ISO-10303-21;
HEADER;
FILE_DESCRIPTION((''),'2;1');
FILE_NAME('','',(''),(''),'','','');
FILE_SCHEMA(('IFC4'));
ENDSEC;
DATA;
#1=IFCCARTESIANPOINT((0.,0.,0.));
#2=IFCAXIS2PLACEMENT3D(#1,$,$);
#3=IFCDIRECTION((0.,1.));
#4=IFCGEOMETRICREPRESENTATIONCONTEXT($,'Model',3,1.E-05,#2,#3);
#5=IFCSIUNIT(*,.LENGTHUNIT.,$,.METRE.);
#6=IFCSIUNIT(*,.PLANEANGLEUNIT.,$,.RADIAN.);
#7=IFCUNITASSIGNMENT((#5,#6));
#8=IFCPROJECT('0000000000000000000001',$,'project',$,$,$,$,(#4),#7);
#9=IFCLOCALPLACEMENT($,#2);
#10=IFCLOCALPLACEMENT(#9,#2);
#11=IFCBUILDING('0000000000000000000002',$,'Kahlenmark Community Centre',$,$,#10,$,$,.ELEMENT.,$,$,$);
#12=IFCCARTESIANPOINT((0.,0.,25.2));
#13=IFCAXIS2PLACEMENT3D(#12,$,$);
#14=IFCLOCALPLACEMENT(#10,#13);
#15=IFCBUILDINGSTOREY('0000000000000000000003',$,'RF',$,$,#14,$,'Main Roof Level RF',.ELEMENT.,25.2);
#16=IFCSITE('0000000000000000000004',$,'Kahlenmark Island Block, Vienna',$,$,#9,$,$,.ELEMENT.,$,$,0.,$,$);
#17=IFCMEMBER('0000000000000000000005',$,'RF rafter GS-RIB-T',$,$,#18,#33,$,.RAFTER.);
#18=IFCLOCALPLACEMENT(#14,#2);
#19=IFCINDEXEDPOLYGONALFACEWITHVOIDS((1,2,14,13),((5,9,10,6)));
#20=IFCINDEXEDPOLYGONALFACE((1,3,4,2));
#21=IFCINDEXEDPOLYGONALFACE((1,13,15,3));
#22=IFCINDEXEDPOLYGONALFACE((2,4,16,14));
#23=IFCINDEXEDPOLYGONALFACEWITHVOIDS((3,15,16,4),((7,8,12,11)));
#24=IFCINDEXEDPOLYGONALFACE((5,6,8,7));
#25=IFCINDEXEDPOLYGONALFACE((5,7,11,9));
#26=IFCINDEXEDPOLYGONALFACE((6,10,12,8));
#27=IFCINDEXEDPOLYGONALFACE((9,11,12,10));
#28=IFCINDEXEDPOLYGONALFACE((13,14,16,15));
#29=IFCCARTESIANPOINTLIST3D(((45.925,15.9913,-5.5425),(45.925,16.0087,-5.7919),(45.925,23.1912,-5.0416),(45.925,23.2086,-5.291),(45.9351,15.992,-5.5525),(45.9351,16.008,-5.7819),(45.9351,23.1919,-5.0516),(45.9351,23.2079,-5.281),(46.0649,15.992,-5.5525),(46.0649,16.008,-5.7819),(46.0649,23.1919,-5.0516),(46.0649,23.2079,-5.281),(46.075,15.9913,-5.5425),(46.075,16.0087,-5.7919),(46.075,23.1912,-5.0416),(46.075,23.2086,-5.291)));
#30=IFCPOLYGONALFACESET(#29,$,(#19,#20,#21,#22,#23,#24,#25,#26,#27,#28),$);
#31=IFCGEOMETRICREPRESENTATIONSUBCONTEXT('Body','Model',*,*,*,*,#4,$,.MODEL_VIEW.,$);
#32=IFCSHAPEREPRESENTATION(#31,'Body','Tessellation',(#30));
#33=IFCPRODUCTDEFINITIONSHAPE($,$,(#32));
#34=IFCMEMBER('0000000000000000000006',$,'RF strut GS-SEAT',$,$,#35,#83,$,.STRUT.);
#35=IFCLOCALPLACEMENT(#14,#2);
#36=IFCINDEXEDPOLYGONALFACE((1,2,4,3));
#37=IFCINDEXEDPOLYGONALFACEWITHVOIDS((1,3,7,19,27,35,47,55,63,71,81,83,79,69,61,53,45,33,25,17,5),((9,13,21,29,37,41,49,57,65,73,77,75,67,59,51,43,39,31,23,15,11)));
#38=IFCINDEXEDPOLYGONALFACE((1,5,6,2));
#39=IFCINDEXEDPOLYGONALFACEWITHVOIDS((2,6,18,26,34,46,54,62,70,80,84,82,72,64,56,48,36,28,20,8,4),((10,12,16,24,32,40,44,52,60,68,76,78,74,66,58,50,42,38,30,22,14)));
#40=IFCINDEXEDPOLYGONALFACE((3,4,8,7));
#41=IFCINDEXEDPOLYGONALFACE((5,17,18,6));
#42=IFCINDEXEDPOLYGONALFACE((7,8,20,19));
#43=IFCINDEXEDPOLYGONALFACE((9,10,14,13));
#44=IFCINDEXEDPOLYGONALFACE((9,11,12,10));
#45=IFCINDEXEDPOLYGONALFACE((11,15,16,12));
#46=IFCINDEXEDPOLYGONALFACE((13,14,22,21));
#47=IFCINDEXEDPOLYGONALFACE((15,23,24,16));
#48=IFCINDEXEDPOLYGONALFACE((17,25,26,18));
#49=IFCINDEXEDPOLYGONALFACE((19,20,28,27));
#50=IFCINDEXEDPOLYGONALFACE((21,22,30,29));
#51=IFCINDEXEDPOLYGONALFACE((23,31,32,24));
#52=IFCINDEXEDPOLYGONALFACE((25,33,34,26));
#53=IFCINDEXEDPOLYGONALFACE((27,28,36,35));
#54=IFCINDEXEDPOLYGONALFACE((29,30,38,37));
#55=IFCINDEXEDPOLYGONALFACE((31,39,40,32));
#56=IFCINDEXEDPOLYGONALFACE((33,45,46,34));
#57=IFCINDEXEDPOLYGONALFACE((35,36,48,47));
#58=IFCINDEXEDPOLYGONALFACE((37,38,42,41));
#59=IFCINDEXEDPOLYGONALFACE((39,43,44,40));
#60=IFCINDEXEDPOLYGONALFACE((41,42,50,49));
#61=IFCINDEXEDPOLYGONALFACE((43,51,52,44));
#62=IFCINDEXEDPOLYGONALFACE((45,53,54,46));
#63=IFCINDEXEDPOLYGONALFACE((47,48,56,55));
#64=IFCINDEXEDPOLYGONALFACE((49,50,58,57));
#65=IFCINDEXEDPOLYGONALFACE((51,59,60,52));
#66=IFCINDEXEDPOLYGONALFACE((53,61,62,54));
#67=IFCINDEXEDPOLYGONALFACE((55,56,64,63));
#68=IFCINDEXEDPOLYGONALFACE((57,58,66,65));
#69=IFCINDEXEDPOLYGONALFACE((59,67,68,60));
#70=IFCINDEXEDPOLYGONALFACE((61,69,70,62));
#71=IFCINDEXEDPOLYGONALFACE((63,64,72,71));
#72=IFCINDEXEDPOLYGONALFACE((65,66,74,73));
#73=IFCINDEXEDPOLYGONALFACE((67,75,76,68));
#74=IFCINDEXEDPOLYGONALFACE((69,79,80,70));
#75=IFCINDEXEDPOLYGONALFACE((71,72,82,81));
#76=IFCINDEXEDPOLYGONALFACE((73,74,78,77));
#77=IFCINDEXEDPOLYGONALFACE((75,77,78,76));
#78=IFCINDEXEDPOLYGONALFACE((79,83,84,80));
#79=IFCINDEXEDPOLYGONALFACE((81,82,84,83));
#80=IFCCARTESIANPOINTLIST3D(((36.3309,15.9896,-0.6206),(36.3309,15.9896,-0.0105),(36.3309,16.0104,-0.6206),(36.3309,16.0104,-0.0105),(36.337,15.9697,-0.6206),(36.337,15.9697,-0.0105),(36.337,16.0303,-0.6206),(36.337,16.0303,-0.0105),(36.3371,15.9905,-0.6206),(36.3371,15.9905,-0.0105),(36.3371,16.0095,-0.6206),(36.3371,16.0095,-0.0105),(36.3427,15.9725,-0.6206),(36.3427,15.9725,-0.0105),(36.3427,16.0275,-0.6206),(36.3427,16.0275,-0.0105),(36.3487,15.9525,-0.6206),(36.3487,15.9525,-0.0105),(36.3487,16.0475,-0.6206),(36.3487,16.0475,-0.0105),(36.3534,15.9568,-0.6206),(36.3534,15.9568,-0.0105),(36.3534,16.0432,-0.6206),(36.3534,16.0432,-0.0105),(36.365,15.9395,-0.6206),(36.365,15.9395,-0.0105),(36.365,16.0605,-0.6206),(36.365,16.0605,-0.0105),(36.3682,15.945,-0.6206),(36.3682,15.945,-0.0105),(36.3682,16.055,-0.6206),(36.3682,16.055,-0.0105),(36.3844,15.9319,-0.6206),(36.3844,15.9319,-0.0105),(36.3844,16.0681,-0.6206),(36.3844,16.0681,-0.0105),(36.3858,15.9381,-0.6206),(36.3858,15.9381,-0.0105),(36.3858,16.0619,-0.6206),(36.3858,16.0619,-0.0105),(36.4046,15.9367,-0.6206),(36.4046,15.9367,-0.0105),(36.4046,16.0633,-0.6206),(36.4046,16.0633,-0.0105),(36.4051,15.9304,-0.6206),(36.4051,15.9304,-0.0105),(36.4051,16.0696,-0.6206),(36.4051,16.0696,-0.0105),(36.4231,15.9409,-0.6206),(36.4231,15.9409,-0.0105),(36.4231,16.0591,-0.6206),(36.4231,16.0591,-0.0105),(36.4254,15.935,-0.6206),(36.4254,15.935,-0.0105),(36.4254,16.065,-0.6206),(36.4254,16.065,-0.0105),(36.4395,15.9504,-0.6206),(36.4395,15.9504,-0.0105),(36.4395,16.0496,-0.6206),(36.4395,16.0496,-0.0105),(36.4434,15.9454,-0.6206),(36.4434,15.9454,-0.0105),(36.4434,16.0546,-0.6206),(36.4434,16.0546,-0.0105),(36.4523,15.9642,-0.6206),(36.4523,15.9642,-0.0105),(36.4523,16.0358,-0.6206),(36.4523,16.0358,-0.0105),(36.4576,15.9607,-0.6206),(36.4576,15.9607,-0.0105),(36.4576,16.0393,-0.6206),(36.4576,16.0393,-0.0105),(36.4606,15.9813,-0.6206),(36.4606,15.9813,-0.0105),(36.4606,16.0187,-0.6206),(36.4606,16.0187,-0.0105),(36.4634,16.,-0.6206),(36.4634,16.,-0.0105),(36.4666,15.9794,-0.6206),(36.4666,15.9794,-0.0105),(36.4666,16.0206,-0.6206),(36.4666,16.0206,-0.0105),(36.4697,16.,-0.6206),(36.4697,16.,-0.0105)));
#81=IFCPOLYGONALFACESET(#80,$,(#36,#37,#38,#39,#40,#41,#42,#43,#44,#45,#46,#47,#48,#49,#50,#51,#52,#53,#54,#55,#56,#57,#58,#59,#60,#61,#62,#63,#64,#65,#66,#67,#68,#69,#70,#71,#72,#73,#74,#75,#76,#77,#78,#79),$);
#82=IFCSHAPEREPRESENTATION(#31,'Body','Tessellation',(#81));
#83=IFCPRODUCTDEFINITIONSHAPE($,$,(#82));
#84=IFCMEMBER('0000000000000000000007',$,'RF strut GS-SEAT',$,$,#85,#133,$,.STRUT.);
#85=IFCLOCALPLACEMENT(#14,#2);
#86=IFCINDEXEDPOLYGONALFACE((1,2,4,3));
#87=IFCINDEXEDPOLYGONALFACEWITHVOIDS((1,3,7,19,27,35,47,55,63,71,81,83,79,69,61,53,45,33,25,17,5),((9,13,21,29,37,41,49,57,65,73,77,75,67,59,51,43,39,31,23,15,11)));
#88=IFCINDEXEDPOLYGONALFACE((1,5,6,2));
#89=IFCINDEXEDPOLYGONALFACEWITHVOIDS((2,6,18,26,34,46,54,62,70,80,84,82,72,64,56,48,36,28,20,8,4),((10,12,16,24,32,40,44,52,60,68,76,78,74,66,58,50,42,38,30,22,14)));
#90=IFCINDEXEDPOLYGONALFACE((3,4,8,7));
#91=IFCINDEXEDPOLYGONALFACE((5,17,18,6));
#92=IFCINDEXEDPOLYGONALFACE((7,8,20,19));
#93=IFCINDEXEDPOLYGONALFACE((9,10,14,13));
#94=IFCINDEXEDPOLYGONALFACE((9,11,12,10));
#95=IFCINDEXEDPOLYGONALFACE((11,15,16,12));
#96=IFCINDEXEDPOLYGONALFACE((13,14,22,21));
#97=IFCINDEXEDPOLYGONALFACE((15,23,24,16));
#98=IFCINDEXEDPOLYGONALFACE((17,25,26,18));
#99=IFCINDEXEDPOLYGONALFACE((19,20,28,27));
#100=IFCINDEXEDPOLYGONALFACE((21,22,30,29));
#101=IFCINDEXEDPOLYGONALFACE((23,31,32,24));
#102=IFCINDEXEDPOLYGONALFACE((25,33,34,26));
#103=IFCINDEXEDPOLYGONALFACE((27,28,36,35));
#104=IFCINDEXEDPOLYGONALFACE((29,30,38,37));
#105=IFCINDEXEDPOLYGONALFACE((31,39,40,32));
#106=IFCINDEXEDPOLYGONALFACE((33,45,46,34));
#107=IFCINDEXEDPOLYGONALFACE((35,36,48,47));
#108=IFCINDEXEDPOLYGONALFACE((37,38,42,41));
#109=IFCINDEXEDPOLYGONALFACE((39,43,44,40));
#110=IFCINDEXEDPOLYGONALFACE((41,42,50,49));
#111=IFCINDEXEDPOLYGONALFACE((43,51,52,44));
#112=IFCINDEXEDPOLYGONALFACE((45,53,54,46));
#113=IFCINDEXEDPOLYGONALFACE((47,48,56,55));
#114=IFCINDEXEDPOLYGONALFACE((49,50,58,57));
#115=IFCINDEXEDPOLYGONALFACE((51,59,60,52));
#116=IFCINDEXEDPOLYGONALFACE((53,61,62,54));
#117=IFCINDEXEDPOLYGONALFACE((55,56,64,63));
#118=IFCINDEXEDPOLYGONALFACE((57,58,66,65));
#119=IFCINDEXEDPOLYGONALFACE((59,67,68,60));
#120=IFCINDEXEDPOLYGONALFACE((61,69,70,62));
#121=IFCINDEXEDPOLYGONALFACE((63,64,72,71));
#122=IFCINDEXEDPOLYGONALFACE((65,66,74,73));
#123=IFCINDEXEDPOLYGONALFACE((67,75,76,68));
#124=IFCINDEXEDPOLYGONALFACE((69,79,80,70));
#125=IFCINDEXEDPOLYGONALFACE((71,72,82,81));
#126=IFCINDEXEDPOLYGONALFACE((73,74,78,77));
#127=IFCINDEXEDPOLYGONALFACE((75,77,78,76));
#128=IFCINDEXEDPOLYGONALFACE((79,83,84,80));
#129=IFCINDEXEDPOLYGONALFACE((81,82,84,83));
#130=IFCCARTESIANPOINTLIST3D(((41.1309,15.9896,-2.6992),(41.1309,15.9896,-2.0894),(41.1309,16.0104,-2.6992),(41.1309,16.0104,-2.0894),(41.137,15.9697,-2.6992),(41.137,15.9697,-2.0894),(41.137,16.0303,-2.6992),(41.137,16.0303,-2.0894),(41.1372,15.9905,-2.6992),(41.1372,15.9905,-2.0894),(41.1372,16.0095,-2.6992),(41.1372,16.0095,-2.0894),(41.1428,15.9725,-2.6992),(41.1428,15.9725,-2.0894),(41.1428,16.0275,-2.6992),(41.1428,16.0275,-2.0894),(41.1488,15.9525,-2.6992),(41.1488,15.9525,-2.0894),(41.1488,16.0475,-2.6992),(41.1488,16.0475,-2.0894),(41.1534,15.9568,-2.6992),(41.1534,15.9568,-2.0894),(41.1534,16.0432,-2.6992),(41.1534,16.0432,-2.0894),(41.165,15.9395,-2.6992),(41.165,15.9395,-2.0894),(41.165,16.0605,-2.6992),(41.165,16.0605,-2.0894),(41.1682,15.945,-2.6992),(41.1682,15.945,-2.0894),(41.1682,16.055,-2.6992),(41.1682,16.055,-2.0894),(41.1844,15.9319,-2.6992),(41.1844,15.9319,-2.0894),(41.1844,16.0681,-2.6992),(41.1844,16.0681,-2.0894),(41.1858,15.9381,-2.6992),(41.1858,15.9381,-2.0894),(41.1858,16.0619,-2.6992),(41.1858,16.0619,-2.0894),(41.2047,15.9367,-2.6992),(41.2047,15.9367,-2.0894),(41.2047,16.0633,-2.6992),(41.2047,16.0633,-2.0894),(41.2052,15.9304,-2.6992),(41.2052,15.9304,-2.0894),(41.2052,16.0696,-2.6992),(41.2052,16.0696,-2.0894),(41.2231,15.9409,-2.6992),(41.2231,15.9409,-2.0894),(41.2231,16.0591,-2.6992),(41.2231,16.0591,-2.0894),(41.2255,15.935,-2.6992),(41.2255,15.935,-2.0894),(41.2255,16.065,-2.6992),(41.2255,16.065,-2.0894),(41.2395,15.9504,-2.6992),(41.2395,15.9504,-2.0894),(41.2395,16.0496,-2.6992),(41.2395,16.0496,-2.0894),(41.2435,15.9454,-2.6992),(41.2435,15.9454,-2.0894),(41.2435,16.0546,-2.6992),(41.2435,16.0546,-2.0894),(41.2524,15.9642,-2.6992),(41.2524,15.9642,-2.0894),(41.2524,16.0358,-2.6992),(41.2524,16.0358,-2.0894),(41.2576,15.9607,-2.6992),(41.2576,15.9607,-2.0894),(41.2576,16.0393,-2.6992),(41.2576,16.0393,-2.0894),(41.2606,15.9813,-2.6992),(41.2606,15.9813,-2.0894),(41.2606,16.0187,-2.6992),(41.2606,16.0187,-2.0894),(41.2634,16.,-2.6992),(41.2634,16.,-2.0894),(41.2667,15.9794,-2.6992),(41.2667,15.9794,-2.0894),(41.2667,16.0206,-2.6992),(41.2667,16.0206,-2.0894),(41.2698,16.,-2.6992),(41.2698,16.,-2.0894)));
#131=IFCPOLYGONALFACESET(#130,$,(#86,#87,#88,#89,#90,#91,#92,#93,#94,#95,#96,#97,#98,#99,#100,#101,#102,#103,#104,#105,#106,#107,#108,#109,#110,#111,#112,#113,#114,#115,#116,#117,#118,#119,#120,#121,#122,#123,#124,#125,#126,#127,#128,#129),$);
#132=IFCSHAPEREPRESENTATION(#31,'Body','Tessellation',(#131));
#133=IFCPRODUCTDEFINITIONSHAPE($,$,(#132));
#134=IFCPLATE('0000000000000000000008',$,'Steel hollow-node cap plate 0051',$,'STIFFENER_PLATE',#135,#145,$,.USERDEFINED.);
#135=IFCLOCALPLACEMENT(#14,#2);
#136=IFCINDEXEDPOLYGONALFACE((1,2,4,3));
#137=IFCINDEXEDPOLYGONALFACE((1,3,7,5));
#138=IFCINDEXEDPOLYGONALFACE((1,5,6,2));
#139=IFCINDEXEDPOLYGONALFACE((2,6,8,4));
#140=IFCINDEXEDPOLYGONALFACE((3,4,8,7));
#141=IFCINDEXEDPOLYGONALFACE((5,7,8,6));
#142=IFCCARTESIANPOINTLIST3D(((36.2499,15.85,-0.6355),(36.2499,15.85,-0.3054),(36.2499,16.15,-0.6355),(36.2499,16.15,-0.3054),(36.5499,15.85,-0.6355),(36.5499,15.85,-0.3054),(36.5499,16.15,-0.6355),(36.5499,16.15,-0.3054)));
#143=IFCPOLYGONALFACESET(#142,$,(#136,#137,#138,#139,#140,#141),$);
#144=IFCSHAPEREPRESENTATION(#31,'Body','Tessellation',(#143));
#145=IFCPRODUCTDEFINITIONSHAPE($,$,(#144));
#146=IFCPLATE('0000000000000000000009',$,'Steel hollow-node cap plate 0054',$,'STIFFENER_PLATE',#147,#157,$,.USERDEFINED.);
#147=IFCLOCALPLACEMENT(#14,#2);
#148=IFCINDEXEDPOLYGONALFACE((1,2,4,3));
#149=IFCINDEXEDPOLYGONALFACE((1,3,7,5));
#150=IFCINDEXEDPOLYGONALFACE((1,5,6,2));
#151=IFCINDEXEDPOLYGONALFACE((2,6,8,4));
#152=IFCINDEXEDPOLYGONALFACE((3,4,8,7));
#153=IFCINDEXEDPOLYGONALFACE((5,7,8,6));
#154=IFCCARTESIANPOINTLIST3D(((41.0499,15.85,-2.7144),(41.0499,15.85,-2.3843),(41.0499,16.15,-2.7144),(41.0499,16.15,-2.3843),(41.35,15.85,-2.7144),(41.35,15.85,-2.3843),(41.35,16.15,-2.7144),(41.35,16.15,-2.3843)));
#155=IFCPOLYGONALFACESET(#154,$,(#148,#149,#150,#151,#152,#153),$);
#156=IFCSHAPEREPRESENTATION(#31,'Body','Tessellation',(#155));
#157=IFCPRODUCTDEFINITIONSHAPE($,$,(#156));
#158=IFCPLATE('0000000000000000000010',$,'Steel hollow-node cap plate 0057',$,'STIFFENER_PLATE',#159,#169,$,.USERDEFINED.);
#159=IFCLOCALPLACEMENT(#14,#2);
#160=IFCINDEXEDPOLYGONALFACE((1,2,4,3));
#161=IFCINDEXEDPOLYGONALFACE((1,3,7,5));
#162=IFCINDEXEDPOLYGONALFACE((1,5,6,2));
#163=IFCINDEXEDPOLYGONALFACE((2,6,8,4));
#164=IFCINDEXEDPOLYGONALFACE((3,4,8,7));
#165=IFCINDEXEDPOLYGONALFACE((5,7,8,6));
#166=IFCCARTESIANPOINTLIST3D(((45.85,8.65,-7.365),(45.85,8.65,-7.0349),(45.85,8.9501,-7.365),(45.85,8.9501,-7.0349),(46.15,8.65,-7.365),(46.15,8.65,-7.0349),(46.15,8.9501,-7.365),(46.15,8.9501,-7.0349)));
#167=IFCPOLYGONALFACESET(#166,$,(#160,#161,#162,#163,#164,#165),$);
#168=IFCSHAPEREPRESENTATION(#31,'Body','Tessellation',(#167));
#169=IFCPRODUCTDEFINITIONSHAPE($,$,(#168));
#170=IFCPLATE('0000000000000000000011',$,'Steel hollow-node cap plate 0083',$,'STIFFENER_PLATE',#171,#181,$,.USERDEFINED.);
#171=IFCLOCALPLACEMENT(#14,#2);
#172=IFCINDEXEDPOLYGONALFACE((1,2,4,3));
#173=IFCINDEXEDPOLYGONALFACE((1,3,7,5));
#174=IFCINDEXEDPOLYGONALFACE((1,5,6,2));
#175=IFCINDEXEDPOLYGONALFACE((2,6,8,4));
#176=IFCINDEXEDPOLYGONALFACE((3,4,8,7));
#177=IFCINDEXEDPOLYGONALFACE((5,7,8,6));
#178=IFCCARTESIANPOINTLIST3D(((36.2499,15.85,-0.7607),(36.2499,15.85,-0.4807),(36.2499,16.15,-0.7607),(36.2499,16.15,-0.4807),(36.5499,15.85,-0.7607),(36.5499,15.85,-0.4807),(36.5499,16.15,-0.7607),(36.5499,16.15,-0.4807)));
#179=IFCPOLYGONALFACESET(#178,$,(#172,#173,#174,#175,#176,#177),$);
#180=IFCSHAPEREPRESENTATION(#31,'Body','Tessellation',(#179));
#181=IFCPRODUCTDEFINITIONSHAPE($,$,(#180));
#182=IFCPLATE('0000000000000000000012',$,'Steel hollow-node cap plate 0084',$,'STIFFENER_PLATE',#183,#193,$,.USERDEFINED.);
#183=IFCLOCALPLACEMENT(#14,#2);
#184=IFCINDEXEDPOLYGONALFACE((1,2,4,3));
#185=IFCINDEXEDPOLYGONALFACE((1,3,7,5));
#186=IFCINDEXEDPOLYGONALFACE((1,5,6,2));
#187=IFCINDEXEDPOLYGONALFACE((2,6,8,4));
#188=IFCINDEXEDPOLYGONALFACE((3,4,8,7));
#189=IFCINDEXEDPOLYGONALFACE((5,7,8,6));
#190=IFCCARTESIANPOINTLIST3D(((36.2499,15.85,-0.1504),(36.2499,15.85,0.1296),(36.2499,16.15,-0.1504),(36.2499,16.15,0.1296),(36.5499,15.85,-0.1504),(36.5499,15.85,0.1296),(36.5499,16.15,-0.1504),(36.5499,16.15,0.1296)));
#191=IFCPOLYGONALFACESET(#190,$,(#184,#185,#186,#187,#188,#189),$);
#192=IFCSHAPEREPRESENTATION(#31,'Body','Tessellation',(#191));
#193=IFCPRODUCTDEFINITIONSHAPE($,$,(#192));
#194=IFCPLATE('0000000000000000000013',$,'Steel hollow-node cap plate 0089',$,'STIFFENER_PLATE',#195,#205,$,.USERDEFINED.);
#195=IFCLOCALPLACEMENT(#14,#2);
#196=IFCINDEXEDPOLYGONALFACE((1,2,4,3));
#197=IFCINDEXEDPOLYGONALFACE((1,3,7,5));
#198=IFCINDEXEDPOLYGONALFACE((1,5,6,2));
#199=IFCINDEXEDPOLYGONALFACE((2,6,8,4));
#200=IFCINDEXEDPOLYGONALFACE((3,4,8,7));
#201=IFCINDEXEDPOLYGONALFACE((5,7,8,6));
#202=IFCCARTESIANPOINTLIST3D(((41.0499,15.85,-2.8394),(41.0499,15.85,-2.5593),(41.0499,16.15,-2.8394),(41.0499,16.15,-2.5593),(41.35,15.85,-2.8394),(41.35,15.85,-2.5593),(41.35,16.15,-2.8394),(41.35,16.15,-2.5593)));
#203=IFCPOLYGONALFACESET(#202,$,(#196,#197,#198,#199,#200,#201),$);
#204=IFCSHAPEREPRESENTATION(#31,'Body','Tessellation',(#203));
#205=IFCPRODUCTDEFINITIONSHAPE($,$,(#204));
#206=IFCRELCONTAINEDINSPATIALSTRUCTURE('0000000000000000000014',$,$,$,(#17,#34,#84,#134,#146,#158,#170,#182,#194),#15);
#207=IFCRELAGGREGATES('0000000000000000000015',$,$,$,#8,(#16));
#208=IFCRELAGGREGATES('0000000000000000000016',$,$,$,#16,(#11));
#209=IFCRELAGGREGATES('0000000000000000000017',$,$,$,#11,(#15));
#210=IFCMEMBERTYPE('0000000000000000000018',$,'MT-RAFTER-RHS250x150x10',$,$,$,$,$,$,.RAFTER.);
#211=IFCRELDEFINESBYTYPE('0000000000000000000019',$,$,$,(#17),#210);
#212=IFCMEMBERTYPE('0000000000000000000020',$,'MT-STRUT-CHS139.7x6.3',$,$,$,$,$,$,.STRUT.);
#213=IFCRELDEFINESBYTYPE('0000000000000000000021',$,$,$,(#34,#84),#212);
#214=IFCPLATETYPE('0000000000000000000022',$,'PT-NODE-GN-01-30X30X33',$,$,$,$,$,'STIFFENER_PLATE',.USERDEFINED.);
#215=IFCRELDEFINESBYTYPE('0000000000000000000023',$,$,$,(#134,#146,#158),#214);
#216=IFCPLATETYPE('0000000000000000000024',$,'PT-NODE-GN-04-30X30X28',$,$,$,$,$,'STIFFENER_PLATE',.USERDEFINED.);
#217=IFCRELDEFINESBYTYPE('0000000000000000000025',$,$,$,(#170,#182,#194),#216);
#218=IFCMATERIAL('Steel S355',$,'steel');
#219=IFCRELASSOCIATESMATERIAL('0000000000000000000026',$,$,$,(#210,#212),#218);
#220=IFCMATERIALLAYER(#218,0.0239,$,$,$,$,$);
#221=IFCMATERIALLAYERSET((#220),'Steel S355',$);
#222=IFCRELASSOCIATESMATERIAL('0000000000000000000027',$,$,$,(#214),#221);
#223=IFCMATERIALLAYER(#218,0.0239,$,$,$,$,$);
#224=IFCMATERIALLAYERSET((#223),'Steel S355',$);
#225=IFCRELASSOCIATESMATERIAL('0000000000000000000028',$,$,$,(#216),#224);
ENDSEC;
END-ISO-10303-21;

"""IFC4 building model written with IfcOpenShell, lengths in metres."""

from ifc_helpers import new_model, si_unit, direction, frame, origin, origin_2d, place, context, subcontext, project, spatial, rectangle, hollow_rectangle, hollow_circle, extrude, material, layer, layer_set, material_profile, profile_set, type_object, element, save


model = new_model("IFC4")

# Units and contexts
model_context = context("Model", 3, precision=1e-05, world=origin(), true_north=direction((0.0, 1.0)))
body_context = subcontext(model_context, "Body", "Model", "MODEL_VIEW")
ifc_project = project(units=[si_unit("LENGTHUNIT", "METRE"), si_unit("PLANEANGLEUNIT", "RADIAN")], contexts=[model_context])

# Site, building, storey
site_placement = place(None, origin())
site = spatial("IfcSite", under=ifc_project, at=site_placement, Name="Kahlenmark Island Block, Vienna", CompositionType="ELEMENT", RefElevation=0.0)
building_placement = place(site_placement, origin())
building = spatial("IfcBuilding", under=site, at=building_placement, Name="Kahlenmark Community Centre", CompositionType="ELEMENT")
storey_placement = place(building_placement, frame((0.0, 0.0, 25.2)))
storey = spatial("IfcBuildingStorey", under=building, at=storey_placement, Name="RF", LongName="Main Roof Level RF", CompositionType="ELEMENT", Elevation=25.2)

# Members
ifc_material_1 = material(Name="Steel S355", Category="steel")
ifc_material_profile_1 = material_profile(ifc_material_1, hollow_rectangle(XDim=0.1499, YDim=0.25, WallThickness=0.01, at=origin_2d()), Name="RHS 250x150x10")
ifc_profile_set_1 = profile_set([ifc_material_profile_1], Name="Steel S355")
member_type_1 = type_object("IfcMemberType", Name="MT-RAFTER-RHS250x150x10", PredefinedType="RAFTER", material=ifc_profile_set_1)
member_1_placement = place(storey_placement, frame((46.0, 16.0, -5.6672), z_axis=(0.0, 0.997588, 0.069413), x_axis=(-1.0, 0.0, 0.0)))
element("IfcMember", 1, at=member_1_placement, inside=storey, type_object=member_type_1, Name="RF rafter GS-RIB-T", PredefinedType="RAFTER", context=body_context, shape_type="SweptSolid", body=[
    extrude(hollow_rectangle(XDim=0.1499, YDim=0.25, WallThickness=0.01, at=origin_2d()), origin(), (0.0, 0.0, 1.0), 7.2173),
])
ifc_material_profile_2 = material_profile(ifc_material_1, hollow_circle(Radius=0.0698, WallThickness=0.0063, at=origin_2d()), Name="CHS 139.7x6.3")
ifc_profile_set_2 = profile_set([ifc_material_profile_2], Name="Steel S355")
member_type_2 = type_object("IfcMemberType", Name="MT-STRUT-CHS139.7x6.3", PredefinedType="STRUT", material=ifc_profile_set_2)
member_2_placement = place(storey_placement, frame((36.3999, 16.0, -0.6206), z_axis=(0.0, 0.0, 1.0), x_axis=(1.0, 0.0, 0.0)))
element("IfcMember", 2, at=member_2_placement, inside=storey, type_object=member_type_2, Name="RF strut GS-SEAT", PredefinedType="STRUT", context=body_context, shape_type="SweptSolid", body=[
    extrude(hollow_circle(Radius=0.0698, WallThickness=0.0063, at=origin_2d()), origin(), (0.0, 0.0, 1.0), 0.6101),
])
member_3_placement = place(storey_placement, frame((41.2, 16.0, -2.6992), z_axis=(0.0, 0.0, 1.0), x_axis=(1.0, 0.0, 0.0)))
element("IfcMember", 3, at=member_3_placement, inside=storey, type_object=member_type_2, Name="RF strut GS-SEAT", PredefinedType="STRUT", context=body_context, shape_type="SweptSolid", body=[
    extrude(hollow_circle(Radius=0.0698, WallThickness=0.0063, at=origin_2d()), origin(), (0.0, 0.0, 1.0), 0.6099),
])

# Plates
ifc_layer_1 = layer(ifc_material_1, 0.0239)
ifc_layer_set_1 = layer_set([ifc_layer_1], Name="Steel S355")
plate_type_1 = type_object("IfcPlateType", Name="PT-NODE-GN-01-30X30X33", ElementType="STIFFENER_PLATE", PredefinedType="USERDEFINED", material=ifc_layer_set_1)
for number, where, z_axis, x_axis, name in (
    (4, (36.3999, 16.0, -0.6355), (0.0, 0.0, 1.0), (1.0, 0.0, 0.0), "Steel hollow-node cap plate 0051"),
    (5, (41.2, 16.0, -2.7144), (0.0, 0.0, 1.0), (1.0, 0.0, 0.0), "Steel hollow-node cap plate 0054"),
    (6, (46.0, 8.8, -7.365), (0.0, 0.0, 1.0), (1.0, 0.0, 0.0), "Steel hollow-node cap plate 0057"),
):
    element("IfcPlate", number, at=place(storey_placement, frame(where, z_axis=z_axis, x_axis=x_axis)), inside=storey, type_object=plate_type_1, Name=name, ObjectType="STIFFENER_PLATE", PredefinedType="USERDEFINED", context=body_context, shape_type="SweptSolid", body=[
        extrude(rectangle(XDim=0.3, YDim=0.3, at=origin_2d()), origin(), (0.0, 0.0, 1.0), 0.3301),
    ])
ifc_layer_2 = layer(ifc_material_1, 0.0239)
ifc_layer_set_2 = layer_set([ifc_layer_2], Name="Steel S355")
plate_type_2 = type_object("IfcPlateType", Name="PT-NODE-GN-04-30X30X28", ElementType="STIFFENER_PLATE", PredefinedType="USERDEFINED", material=ifc_layer_set_2)
for number, where, z_axis, x_axis, name in (
    (7, (36.3999, 16.0, -0.7607), (0.0, 0.0, 1.0), (1.0, 0.0, 0.0), "Steel hollow-node cap plate 0083"),
    (8, (36.3999, 16.0, -0.1504), (0.0, 0.0, 1.0), (1.0, 0.0, 0.0), "Steel hollow-node cap plate 0084"),
    (9, (41.2, 16.0, -2.8394), (0.0, 0.0, 1.0), (1.0, 0.0, 0.0), "Steel hollow-node cap plate 0089"),
):
    element("IfcPlate", number, at=place(storey_placement, frame(where, z_axis=z_axis, x_axis=x_axis)), inside=storey, type_object=plate_type_2, Name=name, ObjectType="STIFFENER_PLATE", PredefinedType="USERDEFINED", context=body_context, shape_type="SweptSolid", body=[
        extrude(rectangle(XDim=0.3, YDim=0.3, at=origin_2d()), origin(), (0.0, 0.0, 1.0), 0.28),
    ])

save(model, "model.ifc")
